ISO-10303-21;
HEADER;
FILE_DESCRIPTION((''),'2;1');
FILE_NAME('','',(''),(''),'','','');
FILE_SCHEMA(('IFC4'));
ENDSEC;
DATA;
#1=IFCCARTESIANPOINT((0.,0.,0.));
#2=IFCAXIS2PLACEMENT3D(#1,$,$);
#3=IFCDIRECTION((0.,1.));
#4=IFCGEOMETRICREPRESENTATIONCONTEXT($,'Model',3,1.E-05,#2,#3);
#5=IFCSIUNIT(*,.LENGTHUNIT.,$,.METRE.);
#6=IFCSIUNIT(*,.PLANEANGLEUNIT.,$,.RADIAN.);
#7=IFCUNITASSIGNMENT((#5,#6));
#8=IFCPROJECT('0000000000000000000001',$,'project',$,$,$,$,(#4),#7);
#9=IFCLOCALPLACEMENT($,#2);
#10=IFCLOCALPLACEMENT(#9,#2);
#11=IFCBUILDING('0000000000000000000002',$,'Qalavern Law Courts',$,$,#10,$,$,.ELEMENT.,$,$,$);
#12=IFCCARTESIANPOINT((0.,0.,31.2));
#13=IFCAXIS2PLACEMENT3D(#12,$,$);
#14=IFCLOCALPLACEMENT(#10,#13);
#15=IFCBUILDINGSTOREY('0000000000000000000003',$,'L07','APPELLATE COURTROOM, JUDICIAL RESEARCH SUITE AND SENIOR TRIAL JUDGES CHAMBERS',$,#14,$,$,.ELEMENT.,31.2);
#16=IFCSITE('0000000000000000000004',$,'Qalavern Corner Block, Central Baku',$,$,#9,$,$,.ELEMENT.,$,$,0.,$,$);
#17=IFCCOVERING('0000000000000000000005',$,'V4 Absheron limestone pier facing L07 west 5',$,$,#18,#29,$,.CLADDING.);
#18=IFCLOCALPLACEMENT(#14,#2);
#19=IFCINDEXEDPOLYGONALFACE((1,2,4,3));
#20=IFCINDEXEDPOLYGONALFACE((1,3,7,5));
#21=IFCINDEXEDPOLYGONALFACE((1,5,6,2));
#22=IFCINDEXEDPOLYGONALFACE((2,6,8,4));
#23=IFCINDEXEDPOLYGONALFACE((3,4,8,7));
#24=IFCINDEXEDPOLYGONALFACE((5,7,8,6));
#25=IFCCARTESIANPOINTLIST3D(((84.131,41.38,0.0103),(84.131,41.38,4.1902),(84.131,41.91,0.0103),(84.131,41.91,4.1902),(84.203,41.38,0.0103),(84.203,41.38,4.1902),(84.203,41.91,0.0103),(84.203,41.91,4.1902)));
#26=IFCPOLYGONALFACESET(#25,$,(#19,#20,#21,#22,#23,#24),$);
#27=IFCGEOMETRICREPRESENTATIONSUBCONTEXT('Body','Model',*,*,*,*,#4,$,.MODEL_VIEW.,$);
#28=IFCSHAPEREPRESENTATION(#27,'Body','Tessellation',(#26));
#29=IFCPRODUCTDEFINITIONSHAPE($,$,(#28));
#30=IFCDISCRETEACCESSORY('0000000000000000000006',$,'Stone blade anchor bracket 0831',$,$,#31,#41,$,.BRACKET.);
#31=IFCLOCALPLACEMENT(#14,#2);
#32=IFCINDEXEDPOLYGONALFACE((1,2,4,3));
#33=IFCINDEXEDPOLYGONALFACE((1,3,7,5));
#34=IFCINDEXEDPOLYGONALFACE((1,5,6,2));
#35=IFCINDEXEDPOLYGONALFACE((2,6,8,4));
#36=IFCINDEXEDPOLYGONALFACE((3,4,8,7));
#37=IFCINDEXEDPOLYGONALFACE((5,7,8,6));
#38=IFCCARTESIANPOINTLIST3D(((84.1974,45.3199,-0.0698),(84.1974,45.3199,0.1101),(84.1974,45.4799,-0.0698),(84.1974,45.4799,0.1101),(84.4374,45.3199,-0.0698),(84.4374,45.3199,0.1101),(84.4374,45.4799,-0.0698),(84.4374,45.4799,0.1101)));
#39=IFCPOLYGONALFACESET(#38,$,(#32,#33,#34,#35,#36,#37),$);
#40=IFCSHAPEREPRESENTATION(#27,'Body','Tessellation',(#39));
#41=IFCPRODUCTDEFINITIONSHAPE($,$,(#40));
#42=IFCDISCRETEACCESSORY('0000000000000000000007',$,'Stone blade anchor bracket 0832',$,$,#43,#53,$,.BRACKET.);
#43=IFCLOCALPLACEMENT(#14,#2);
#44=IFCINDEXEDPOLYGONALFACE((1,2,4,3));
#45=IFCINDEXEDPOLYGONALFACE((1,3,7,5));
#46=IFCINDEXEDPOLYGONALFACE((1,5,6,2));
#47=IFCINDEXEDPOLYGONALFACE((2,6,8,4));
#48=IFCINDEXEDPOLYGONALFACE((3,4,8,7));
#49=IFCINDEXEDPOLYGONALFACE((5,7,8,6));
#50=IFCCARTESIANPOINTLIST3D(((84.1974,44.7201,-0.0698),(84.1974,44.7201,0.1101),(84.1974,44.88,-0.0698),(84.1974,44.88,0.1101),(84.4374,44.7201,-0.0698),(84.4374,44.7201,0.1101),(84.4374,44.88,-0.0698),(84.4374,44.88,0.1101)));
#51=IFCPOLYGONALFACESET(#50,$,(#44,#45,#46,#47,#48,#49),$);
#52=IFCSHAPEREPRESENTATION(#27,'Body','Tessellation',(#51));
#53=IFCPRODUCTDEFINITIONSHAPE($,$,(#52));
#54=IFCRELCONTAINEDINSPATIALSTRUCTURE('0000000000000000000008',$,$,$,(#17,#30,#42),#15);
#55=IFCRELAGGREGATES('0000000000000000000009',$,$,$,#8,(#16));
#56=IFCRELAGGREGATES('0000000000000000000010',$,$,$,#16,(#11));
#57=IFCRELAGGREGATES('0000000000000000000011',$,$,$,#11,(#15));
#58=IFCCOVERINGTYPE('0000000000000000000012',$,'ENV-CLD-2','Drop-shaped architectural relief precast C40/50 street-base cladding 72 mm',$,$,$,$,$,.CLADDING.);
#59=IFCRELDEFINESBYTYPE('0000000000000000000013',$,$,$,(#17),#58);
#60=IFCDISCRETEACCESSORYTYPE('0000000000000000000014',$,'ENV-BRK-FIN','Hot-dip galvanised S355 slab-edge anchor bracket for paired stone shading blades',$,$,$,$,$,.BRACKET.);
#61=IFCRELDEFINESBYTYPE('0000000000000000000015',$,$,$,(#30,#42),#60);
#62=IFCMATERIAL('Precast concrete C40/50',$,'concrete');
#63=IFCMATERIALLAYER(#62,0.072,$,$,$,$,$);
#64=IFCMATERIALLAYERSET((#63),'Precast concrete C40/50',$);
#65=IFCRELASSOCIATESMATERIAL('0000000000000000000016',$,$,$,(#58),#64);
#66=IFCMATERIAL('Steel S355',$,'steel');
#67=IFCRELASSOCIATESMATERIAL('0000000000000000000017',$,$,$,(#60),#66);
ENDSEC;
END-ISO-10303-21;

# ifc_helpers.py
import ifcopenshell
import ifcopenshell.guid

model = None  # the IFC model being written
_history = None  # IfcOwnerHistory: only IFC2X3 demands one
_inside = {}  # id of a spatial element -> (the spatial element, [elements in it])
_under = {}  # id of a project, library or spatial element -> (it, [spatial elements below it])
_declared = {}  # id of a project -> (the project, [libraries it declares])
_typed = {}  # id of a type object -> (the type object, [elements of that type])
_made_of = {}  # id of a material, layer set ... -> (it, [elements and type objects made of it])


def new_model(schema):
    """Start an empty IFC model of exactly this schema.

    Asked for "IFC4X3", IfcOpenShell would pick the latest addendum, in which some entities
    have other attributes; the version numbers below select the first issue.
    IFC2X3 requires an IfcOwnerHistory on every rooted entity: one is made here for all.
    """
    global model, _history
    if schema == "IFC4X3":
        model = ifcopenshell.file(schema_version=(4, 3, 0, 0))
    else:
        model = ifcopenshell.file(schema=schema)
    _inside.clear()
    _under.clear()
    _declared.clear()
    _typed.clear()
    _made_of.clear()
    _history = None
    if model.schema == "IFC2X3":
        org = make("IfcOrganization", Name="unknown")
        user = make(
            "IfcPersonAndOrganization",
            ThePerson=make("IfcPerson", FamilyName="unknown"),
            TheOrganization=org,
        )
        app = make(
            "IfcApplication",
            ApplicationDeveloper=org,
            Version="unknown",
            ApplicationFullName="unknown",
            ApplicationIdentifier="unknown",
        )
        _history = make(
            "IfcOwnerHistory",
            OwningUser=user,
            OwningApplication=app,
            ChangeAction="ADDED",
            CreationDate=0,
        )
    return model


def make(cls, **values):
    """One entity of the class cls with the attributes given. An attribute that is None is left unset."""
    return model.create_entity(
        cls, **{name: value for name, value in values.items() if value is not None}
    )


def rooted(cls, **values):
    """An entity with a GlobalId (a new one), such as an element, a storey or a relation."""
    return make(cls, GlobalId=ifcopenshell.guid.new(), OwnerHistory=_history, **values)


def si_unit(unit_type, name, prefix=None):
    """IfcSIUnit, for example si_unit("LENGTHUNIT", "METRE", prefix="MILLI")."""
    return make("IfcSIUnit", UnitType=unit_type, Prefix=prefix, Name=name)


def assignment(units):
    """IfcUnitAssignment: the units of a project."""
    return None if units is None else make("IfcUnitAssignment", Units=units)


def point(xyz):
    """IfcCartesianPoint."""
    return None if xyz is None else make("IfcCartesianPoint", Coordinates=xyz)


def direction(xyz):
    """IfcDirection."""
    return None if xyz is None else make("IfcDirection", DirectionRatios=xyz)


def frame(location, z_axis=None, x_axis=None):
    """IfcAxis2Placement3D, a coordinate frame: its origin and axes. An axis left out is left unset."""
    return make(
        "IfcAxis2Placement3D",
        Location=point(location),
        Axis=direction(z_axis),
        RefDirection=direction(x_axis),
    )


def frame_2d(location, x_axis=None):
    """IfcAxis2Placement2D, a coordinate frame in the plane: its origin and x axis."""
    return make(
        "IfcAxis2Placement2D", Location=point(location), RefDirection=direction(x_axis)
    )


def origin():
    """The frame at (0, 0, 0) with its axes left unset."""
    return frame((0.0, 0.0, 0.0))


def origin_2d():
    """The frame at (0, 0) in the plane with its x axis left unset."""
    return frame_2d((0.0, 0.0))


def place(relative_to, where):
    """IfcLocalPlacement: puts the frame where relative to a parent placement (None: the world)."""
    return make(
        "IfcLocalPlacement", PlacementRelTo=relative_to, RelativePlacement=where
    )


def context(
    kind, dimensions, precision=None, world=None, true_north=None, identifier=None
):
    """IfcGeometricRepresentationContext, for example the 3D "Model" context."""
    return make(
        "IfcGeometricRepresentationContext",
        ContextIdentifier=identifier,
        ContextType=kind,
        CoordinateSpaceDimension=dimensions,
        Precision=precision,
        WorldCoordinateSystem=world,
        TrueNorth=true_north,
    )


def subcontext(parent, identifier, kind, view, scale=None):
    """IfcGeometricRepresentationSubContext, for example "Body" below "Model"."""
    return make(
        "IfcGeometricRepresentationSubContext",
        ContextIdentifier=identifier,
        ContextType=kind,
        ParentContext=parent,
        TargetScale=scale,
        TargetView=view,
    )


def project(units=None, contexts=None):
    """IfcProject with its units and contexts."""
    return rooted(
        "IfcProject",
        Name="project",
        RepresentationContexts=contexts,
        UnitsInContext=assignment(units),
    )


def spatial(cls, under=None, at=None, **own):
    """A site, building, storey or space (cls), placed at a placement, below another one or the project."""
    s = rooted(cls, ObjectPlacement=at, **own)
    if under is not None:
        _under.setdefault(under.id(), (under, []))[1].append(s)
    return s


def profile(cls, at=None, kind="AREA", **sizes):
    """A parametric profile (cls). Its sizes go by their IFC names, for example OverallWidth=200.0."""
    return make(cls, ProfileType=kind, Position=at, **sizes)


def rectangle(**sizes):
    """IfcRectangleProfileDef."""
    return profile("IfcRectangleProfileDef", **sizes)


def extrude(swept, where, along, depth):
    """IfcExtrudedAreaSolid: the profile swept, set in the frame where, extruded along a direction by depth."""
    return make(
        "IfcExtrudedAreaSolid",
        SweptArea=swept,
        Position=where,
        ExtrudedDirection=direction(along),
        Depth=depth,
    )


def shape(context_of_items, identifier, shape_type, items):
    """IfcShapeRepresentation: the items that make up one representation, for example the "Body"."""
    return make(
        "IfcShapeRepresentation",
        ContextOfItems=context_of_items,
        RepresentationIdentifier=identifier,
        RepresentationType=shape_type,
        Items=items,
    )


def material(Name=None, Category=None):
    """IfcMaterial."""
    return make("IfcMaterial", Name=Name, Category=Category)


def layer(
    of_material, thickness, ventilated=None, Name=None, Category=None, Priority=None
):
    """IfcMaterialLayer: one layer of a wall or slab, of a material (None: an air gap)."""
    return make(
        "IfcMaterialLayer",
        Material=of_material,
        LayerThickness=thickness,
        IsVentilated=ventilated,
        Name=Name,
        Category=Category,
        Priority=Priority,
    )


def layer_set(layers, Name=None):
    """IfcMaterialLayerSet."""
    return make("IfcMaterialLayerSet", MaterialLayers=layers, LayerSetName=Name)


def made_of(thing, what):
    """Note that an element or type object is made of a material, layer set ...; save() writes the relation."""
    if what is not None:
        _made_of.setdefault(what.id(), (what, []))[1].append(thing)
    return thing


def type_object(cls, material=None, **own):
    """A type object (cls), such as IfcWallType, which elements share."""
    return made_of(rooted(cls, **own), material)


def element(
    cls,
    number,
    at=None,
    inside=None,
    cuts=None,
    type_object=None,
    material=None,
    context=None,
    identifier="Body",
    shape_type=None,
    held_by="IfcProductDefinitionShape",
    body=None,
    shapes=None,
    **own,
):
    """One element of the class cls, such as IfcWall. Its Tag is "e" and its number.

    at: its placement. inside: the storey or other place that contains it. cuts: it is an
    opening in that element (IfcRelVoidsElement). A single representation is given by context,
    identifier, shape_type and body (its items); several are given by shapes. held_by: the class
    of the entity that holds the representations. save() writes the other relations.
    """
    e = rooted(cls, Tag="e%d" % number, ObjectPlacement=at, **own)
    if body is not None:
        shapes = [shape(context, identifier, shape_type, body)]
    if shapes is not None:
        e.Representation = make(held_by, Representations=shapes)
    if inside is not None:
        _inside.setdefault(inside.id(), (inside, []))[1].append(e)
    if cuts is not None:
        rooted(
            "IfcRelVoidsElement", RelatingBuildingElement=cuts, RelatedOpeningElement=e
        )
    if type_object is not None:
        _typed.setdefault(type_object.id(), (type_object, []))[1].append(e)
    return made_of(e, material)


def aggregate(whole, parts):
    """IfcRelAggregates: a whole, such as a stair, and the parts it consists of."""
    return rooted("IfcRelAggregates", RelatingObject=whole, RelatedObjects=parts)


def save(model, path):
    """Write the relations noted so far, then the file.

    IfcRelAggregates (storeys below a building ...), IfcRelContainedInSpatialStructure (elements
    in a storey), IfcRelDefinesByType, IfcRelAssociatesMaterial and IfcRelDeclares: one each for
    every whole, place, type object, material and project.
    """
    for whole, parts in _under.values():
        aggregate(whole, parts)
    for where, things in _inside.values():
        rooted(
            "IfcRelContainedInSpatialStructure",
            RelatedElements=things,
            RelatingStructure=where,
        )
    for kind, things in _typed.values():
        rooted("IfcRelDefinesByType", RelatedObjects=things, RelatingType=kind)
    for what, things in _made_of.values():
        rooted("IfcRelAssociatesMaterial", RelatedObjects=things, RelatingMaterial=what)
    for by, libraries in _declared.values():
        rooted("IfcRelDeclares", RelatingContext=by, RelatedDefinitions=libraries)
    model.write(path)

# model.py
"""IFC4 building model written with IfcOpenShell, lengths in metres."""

from ifc_helpers import new_model, si_unit, direction, frame, origin, origin_2d, place, context, subcontext, project, spatial, rectangle, extrude, material, layer, layer_set, type_object, element, save


model = new_model("IFC4")

# Units and contexts
model_context = context("Model", 3, precision=1e-05, world=origin(), true_north=direction((0.0, 1.0)))
body_context = subcontext(model_context, "Body", "Model", "MODEL_VIEW")
ifc_project = project(units=[si_unit("LENGTHUNIT", "METRE"), si_unit("PLANEANGLEUNIT", "RADIAN")], contexts=[model_context])

# Site, building, storey
site_placement = place(None, origin())
site = spatial("IfcSite", under=ifc_project, at=site_placement, Name="Qalavern Corner Block, Central Baku", CompositionType="ELEMENT", RefElevation=0.0)
building_placement = place(site_placement, origin())
building = spatial("IfcBuilding", under=site, at=building_placement, Name="Qalavern Law Courts", CompositionType="ELEMENT")
storey_placement = place(building_placement, frame((0.0, 0.0, 31.2)))
storey = spatial("IfcBuildingStorey", under=building, at=storey_placement, Name="L07", Description="APPELLATE COURTROOM, JUDICIAL RESEARCH SUITE AND SENIOR TRIAL JUDGES CHAMBERS", CompositionType="ELEMENT", Elevation=31.2)

# Covering
ifc_material_1 = material(Name="Precast concrete C40/50", Category="concrete")
ifc_layer_1 = layer(ifc_material_1, 0.072)
ifc_layer_set_1 = layer_set([ifc_layer_1], Name="Precast concrete C40/50")
covering_type = type_object("IfcCoveringType", Name="ENV-CLD-2", Description="Drop-shaped architectural relief precast C40/50 street-base cladding 72 mm", PredefinedType="CLADDING", material=ifc_layer_set_1)
covering_1_placement = place(storey_placement, frame((84.167, 41.645, 0.0103), z_axis=(0.0, 0.0, 1.0), x_axis=(0.0, -1.0, 0.0)))
element("IfcCovering", 1, at=covering_1_placement, inside=storey, type_object=covering_type, Name="V4 Absheron limestone pier facing L07 west 5", PredefinedType="CLADDING", context=body_context, shape_type="SweptSolid", body=[
    extrude(rectangle(XDim=0.53, YDim=0.072, at=origin_2d()), origin(), (0.0, 0.0, 1.0), 4.1799),
])

# Discrete accessories
ifc_material_2 = material(Name="Steel S355", Category="steel")
discrete_accessory_type = type_object("IfcDiscreteAccessoryType", Name="ENV-BRK-FIN", Description="Hot-dip galvanised S355 slab-edge anchor bracket for paired stone shading blades", PredefinedType="BRACKET", material=ifc_material_2)
for number, where, z_axis, x_axis, name in (
    (2, (84.3174, 45.3999, -0.0698), (0.0, 0.0, 1.0), (-1.0, 0.0, 0.0), "Stone blade anchor bracket 0831"),
    (3, (84.3174, 44.8, -0.0698), (0.0, 0.0, 1.0), (-1.0, 0.0, 0.0), "Stone blade anchor bracket 0832"),
):
    element("IfcDiscreteAccessory", number, at=place(storey_placement, frame(where, z_axis=z_axis, x_axis=x_axis)), inside=storey, type_object=discrete_accessory_type, Name=name, PredefinedType="BRACKET", context=body_context, shape_type="SweptSolid", body=[
        extrude(rectangle(XDim=0.24, YDim=0.1599, at=origin_2d()), origin(), (0.0, 0.0, 1.0), 0.1799),
    ])

save(model, "model.ifc")
